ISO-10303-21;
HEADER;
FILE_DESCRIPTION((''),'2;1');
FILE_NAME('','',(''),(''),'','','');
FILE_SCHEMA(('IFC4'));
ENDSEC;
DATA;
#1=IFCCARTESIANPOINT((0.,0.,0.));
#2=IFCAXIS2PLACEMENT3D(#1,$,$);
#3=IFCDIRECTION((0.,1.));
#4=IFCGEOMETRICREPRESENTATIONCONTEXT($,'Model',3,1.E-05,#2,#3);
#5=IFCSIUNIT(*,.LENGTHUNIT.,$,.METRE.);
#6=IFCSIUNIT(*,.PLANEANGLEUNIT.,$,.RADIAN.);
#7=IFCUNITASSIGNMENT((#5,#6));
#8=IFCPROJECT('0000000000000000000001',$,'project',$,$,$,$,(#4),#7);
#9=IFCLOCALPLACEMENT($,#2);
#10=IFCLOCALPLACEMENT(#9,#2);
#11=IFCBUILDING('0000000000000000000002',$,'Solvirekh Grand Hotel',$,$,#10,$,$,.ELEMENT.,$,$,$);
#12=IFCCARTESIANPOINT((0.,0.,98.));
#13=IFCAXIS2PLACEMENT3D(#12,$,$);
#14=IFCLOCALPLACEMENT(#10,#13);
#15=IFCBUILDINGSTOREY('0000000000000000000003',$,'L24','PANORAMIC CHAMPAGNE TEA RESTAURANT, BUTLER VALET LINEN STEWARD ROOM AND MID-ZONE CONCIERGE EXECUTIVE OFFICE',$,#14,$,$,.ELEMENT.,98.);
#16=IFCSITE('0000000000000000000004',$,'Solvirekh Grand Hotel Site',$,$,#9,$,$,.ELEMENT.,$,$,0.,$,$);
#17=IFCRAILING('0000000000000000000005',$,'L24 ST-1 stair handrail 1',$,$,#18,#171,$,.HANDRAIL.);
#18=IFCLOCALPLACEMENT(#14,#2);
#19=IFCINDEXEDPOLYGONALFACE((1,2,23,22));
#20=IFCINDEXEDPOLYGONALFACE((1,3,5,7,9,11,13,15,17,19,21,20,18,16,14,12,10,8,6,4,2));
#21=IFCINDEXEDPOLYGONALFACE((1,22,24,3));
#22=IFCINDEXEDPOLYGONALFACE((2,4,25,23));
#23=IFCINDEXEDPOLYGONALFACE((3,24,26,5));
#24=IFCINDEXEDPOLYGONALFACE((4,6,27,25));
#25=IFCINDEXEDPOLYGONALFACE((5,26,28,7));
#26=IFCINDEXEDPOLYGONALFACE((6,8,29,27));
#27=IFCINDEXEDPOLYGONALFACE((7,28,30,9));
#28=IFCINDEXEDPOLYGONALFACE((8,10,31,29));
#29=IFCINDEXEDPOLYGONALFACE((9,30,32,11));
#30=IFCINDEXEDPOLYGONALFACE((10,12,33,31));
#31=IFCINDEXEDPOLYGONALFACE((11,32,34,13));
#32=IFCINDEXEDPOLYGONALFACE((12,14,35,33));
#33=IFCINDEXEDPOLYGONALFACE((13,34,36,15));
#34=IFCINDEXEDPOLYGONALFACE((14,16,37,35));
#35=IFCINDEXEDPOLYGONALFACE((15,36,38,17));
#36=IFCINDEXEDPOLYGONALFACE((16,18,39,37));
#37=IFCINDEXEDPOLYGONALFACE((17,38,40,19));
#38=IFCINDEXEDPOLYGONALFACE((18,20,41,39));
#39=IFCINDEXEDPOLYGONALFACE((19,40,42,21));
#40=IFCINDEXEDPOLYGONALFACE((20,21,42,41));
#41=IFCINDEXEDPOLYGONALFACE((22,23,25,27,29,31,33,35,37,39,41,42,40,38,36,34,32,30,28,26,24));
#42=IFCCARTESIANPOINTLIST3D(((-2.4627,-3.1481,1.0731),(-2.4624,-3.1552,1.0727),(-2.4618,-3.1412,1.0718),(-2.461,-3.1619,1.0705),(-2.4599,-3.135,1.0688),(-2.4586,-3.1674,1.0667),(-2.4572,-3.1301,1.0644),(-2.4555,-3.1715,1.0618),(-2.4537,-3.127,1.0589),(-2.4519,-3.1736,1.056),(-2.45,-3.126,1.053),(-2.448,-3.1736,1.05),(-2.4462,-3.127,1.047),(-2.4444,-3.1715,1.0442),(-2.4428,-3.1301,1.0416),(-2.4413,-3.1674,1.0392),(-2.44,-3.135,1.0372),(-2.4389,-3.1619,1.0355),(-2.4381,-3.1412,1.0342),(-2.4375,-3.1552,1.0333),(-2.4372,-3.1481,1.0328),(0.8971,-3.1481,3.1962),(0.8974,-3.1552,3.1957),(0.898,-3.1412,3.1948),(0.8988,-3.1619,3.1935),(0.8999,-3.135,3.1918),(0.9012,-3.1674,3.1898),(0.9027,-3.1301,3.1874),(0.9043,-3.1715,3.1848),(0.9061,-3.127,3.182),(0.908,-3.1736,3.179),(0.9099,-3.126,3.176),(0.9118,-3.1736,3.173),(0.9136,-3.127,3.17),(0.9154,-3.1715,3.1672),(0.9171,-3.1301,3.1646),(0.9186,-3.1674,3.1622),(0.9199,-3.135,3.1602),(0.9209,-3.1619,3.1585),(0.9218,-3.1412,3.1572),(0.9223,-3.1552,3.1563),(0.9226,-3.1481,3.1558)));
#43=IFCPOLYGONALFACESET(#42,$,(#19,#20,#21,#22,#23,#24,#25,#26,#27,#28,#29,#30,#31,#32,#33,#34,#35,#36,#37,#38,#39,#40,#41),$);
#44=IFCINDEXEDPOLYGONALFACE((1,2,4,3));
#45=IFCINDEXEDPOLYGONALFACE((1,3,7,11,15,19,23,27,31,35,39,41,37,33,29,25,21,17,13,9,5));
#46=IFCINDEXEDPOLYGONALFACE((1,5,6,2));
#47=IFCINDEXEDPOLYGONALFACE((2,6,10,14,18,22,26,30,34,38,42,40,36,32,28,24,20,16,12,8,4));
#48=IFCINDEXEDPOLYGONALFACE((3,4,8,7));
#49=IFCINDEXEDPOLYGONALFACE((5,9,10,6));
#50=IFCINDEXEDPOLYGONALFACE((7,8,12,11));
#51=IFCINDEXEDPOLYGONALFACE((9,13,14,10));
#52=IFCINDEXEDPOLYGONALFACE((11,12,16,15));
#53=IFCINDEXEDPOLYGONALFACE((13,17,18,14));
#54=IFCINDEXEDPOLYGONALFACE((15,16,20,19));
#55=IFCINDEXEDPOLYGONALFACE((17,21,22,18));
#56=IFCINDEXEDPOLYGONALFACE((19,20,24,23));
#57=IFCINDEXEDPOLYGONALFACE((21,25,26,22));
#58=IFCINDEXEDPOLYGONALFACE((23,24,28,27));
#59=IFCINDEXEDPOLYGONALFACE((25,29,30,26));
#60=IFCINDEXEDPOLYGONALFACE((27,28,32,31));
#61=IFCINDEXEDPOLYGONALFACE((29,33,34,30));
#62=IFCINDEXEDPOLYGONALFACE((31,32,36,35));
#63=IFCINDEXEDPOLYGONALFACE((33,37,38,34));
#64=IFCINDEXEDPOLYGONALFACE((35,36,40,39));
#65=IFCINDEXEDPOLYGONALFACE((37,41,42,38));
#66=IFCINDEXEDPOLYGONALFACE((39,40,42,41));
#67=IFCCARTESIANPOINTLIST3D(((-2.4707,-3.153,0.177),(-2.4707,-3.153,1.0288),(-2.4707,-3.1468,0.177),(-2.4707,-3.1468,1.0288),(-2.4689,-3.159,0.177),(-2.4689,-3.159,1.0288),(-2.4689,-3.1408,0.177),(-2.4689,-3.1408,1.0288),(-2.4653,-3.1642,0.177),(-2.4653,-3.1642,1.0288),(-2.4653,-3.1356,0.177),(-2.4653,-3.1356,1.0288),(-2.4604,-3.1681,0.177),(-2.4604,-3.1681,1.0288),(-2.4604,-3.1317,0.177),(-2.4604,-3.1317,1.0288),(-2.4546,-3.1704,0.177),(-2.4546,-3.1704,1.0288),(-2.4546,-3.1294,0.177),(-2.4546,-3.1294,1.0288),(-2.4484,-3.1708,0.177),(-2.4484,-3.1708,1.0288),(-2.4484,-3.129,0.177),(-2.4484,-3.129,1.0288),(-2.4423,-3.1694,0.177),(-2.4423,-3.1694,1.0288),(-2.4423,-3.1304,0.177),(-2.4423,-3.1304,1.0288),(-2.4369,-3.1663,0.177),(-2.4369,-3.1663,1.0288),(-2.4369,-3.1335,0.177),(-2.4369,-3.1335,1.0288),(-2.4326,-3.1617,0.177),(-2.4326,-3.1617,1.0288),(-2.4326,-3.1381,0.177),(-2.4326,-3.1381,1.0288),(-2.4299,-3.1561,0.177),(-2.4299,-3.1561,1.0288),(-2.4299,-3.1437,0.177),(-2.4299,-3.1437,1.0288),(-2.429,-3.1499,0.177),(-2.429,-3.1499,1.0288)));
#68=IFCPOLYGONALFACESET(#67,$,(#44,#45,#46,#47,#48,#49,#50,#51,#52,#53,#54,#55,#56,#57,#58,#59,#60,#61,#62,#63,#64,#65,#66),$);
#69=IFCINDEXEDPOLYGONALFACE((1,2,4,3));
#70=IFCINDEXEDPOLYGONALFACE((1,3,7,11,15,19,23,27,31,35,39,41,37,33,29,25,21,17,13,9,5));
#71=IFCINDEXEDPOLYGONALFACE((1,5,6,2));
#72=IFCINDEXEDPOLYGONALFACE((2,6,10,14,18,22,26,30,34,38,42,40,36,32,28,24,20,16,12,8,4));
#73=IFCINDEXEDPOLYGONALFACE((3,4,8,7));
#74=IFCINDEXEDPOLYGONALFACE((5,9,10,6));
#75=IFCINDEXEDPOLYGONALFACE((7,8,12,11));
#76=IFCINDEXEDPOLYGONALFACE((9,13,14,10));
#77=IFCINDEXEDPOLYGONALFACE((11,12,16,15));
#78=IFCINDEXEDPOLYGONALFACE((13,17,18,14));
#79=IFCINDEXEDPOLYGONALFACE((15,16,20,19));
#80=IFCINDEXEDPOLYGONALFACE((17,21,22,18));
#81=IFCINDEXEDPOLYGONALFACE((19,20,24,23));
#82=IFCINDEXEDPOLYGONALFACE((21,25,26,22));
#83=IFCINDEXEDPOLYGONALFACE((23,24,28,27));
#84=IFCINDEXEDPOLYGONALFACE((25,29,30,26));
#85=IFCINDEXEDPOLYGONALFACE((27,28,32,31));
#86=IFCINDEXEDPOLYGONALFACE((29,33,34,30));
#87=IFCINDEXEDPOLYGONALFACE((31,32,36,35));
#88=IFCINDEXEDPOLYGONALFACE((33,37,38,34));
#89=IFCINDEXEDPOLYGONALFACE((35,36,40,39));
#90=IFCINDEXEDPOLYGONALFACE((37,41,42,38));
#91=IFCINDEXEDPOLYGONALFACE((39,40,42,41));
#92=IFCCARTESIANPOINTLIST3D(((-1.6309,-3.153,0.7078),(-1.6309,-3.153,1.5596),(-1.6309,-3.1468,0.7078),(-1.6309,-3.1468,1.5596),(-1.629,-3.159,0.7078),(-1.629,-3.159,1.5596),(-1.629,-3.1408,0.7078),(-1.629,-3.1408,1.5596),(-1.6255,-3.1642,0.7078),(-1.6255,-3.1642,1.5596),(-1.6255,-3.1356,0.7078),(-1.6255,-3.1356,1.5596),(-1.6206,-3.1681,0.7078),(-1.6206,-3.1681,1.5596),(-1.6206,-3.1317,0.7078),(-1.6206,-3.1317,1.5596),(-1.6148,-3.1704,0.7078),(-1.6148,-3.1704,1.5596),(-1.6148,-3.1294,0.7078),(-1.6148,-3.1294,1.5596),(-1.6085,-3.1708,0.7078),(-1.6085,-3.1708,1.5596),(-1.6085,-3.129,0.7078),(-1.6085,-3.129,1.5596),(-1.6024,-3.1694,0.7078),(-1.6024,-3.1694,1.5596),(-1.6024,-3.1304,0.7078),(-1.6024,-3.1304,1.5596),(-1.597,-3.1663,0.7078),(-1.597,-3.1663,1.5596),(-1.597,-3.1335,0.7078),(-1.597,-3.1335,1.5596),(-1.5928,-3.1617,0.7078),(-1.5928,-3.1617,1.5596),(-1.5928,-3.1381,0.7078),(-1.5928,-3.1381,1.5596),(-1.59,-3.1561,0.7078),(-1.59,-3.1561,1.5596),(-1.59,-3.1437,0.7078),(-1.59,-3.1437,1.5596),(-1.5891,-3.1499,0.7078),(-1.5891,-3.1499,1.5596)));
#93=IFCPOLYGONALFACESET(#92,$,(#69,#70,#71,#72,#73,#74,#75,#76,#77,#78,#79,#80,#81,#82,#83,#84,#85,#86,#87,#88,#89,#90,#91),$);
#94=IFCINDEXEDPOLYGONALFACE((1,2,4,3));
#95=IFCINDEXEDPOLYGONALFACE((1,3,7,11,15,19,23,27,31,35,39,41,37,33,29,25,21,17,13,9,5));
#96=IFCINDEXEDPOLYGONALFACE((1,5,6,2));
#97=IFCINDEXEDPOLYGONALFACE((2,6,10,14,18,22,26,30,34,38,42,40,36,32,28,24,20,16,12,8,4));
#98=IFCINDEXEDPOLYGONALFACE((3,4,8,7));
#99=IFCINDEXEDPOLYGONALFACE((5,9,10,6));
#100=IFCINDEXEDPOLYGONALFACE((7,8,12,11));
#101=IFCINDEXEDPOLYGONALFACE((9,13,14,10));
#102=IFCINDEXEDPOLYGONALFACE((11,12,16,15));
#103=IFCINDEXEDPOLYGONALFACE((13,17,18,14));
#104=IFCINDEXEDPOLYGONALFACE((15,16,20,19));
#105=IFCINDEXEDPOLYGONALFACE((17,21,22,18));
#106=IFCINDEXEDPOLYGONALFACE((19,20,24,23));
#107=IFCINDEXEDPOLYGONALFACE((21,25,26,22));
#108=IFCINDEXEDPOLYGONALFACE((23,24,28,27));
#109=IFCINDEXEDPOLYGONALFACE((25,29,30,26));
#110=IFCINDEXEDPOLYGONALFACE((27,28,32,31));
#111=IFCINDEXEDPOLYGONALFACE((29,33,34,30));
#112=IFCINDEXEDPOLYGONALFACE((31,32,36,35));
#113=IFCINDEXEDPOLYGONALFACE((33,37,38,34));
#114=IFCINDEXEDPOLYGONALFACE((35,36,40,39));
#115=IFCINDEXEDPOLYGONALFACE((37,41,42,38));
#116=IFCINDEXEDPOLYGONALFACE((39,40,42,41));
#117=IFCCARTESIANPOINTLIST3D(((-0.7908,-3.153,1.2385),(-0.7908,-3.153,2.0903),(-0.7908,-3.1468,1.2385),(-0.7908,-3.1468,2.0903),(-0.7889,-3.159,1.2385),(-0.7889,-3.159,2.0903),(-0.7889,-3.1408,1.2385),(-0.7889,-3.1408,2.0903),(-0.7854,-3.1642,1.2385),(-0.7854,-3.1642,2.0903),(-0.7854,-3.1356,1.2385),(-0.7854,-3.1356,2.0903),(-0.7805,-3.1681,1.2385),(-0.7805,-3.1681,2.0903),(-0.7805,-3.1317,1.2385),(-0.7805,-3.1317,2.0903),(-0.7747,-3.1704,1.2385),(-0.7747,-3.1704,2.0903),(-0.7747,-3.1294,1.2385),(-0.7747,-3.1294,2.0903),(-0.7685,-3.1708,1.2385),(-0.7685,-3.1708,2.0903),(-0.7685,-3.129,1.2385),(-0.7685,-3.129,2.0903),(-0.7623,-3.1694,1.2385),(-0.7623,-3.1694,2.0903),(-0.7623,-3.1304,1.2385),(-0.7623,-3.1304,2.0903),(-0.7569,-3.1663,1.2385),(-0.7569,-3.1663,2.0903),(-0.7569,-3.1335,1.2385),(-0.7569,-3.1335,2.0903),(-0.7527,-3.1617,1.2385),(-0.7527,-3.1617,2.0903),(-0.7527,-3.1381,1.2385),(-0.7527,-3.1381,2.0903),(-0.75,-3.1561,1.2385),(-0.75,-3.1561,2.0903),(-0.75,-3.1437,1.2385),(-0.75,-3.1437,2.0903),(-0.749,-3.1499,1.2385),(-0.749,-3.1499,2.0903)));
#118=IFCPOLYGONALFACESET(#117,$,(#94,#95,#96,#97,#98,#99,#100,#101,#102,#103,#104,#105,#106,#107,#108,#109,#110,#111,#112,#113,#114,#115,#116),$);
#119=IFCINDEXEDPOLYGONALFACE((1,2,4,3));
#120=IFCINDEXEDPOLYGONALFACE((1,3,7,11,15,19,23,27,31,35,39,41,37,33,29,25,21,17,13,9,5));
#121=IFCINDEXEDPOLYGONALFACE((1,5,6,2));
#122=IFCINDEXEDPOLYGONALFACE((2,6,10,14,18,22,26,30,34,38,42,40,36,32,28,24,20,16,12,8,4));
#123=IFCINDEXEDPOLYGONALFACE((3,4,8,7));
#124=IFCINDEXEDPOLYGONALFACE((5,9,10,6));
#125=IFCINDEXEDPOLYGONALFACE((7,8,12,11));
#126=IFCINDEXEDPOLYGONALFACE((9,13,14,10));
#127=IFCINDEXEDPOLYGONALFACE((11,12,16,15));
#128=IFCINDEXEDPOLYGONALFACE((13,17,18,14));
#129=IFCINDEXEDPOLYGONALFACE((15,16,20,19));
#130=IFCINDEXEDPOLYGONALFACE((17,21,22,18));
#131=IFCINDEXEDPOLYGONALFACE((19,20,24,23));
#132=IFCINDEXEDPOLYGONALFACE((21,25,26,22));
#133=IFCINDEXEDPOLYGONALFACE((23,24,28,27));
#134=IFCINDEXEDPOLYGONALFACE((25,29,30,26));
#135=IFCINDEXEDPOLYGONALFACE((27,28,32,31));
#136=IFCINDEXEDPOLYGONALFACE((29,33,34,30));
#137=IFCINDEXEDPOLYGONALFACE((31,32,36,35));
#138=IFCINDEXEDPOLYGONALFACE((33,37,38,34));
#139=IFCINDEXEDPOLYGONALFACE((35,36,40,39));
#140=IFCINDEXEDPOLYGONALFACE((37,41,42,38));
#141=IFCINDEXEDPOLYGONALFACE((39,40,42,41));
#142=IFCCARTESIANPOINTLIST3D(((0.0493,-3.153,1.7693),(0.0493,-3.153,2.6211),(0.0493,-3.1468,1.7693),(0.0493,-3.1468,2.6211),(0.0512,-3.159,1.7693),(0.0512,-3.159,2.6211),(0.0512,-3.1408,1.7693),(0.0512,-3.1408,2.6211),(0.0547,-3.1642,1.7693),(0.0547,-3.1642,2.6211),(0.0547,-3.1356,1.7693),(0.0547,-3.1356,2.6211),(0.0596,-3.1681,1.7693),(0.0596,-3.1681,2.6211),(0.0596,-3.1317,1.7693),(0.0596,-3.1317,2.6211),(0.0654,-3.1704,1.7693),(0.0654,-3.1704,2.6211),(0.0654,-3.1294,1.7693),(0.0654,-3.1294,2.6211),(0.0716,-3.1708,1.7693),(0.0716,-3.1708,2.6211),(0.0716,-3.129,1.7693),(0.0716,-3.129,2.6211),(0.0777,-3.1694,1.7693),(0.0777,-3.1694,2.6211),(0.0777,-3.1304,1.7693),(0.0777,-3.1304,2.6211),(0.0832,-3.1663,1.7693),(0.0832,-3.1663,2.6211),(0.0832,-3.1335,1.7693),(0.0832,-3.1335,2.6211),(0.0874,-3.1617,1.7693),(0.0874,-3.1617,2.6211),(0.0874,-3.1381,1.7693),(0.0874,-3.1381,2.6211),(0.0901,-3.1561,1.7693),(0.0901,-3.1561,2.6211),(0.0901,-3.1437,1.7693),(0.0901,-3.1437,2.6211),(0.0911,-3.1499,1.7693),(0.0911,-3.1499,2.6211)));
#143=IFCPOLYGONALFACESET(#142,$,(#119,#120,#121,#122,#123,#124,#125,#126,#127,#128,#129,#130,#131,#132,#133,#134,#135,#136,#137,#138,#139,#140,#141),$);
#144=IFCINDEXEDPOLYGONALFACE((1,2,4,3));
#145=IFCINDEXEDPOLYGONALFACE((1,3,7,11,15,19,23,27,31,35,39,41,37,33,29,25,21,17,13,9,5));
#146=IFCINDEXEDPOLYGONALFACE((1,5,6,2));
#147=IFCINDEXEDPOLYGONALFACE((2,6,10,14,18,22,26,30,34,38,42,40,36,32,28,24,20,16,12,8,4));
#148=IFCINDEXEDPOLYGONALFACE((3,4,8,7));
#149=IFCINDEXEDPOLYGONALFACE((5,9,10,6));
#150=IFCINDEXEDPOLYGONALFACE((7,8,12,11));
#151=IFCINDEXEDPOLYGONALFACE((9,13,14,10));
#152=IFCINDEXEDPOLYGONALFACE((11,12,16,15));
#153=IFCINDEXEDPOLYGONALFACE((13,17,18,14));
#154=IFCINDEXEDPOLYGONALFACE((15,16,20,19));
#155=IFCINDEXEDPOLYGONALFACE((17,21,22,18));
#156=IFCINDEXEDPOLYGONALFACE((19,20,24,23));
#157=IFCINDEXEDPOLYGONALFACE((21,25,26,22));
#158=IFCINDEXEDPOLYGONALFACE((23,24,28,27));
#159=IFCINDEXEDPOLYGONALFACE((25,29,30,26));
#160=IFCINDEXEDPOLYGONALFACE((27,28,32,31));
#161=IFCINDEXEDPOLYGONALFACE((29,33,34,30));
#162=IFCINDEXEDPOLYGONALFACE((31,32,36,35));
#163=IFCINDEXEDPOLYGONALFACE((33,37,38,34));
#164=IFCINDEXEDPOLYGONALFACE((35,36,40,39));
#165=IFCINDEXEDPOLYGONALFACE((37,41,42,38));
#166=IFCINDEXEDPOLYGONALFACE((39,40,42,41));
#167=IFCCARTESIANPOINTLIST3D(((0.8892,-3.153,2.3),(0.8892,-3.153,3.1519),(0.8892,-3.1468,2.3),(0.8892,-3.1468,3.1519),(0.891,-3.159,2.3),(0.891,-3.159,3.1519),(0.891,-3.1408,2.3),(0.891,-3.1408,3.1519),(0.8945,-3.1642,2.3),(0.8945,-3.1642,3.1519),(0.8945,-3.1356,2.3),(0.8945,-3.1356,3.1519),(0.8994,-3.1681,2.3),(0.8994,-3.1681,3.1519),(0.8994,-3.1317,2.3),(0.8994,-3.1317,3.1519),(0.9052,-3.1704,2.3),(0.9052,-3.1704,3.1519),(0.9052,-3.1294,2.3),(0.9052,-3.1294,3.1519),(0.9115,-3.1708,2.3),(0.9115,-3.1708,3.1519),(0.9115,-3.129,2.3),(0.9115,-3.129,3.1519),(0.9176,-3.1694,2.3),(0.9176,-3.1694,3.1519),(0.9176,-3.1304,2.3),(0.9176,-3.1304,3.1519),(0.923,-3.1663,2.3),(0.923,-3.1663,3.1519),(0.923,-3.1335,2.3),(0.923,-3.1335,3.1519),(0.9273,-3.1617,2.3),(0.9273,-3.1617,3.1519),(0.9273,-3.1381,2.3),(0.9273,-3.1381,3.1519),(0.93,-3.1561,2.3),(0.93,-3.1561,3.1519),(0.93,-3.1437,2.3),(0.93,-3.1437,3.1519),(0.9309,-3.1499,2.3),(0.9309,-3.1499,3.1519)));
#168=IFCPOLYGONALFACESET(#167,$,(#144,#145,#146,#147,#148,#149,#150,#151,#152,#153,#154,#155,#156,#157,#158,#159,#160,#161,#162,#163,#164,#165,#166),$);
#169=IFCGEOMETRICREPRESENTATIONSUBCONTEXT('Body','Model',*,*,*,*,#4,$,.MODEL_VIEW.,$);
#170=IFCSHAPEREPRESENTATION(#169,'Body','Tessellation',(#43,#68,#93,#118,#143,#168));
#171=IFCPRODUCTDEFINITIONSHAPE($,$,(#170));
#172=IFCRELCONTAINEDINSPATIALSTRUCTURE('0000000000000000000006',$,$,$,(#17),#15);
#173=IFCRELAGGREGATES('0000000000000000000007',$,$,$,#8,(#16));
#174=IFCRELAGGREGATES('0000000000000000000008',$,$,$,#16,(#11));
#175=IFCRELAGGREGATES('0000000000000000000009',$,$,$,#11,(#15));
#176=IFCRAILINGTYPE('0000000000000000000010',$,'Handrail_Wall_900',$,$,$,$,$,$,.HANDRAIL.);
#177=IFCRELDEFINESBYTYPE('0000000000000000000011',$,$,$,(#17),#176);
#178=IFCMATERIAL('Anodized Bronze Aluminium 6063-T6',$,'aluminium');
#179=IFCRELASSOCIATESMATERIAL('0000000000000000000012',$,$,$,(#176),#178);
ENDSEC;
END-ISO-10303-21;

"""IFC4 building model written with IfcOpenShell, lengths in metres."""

from ifc_helpers import new_model, si_unit, direction, frame, origin, origin_2d, place, context, subcontext, project, spatial, circle, extrude, material, type_object, element, save


model = new_model("IFC4")

# Units and contexts
model_context = context("Model", 3, precision=1e-05, world=origin(), true_north=direction((0.0, 1.0)))
body_context = subcontext(model_context, "Body", "Model", "MODEL_VIEW")
ifc_project = project(units=[si_unit("LENGTHUNIT", "METRE"), si_unit("PLANEANGLEUNIT", "RADIAN")], contexts=[model_context])

# Site, building, storey
site_placement = place(None, origin())
site = spatial("IfcSite", under=ifc_project, at=site_placement, Name="Solvirekh Grand Hotel Site", CompositionType="ELEMENT", RefElevation=0.0)
building_placement = place(site_placement, origin())
building = spatial("IfcBuilding", under=site, at=building_placement, Name="Solvirekh Grand Hotel", CompositionType="ELEMENT")
storey_placement = place(building_placement, frame((0.0, 0.0, 98.0)))
storey = spatial("IfcBuildingStorey", under=building, at=storey_placement, Name="L24", Description="PANORAMIC CHAMPAGNE TEA RESTAURANT, BUTLER VALET LINEN STEWARD ROOM AND MID-ZONE CONCIERGE EXECUTIVE OFFICE", CompositionType="ELEMENT", Elevation=98.0)

# Railing
ifc_material_1 = material(Name="Anodized Bronze Aluminium 6063-T6", Category="aluminium")
railing_type_1 = type_object("IfcRailingType", Name="Handrail_Wall_900", PredefinedType="HANDRAIL", material=ifc_material_1)
railing_1_placement = place(storey_placement, frame((-2.45, -3.1499, 0.177)))
element("IfcRailing", 1, at=railing_1_placement, inside=storey, type_object=railing_type_1, Name="L24 ST-1 stair handrail 1", PredefinedType="HANDRAIL", context=body_context, shape_type="SweptSolid", body=[
    extrude(circle(Radius=0.0239, at=origin_2d()), frame((0.0, 0.0, 0.876), z_axis=(0.845372, 0.0, 0.534178), x_axis=(0.0, 1.0, 0.0)), (0.0, 0.0, 1.0), 3.9744),
    extrude(circle(Radius=0.021, at=origin_2d()), origin(), (0.0, 0.0, 1.0), 0.8518),
    extrude(circle(Radius=0.021, at=origin_2d()), frame((0.8398, 0.0, 0.5308)), (0.0, 0.0, 1.0), 0.8518),
    extrude(circle(Radius=0.021, at=origin_2d()), frame((1.6799, 0.0, 1.0615)), (0.0, 0.0, 1.0), 0.8518),
    extrude(circle(Radius=0.021, at=origin_2d()), frame((2.52, 0.0, 1.5923)), (0.0, 0.0, 1.0), 0.8518),
    extrude(circle(Radius=0.021, at=origin_2d()), frame((3.3599, 0.0, 2.123)), (0.0, 0.0, 1.0), 0.8518),
])

save(model, "model.ifc")
